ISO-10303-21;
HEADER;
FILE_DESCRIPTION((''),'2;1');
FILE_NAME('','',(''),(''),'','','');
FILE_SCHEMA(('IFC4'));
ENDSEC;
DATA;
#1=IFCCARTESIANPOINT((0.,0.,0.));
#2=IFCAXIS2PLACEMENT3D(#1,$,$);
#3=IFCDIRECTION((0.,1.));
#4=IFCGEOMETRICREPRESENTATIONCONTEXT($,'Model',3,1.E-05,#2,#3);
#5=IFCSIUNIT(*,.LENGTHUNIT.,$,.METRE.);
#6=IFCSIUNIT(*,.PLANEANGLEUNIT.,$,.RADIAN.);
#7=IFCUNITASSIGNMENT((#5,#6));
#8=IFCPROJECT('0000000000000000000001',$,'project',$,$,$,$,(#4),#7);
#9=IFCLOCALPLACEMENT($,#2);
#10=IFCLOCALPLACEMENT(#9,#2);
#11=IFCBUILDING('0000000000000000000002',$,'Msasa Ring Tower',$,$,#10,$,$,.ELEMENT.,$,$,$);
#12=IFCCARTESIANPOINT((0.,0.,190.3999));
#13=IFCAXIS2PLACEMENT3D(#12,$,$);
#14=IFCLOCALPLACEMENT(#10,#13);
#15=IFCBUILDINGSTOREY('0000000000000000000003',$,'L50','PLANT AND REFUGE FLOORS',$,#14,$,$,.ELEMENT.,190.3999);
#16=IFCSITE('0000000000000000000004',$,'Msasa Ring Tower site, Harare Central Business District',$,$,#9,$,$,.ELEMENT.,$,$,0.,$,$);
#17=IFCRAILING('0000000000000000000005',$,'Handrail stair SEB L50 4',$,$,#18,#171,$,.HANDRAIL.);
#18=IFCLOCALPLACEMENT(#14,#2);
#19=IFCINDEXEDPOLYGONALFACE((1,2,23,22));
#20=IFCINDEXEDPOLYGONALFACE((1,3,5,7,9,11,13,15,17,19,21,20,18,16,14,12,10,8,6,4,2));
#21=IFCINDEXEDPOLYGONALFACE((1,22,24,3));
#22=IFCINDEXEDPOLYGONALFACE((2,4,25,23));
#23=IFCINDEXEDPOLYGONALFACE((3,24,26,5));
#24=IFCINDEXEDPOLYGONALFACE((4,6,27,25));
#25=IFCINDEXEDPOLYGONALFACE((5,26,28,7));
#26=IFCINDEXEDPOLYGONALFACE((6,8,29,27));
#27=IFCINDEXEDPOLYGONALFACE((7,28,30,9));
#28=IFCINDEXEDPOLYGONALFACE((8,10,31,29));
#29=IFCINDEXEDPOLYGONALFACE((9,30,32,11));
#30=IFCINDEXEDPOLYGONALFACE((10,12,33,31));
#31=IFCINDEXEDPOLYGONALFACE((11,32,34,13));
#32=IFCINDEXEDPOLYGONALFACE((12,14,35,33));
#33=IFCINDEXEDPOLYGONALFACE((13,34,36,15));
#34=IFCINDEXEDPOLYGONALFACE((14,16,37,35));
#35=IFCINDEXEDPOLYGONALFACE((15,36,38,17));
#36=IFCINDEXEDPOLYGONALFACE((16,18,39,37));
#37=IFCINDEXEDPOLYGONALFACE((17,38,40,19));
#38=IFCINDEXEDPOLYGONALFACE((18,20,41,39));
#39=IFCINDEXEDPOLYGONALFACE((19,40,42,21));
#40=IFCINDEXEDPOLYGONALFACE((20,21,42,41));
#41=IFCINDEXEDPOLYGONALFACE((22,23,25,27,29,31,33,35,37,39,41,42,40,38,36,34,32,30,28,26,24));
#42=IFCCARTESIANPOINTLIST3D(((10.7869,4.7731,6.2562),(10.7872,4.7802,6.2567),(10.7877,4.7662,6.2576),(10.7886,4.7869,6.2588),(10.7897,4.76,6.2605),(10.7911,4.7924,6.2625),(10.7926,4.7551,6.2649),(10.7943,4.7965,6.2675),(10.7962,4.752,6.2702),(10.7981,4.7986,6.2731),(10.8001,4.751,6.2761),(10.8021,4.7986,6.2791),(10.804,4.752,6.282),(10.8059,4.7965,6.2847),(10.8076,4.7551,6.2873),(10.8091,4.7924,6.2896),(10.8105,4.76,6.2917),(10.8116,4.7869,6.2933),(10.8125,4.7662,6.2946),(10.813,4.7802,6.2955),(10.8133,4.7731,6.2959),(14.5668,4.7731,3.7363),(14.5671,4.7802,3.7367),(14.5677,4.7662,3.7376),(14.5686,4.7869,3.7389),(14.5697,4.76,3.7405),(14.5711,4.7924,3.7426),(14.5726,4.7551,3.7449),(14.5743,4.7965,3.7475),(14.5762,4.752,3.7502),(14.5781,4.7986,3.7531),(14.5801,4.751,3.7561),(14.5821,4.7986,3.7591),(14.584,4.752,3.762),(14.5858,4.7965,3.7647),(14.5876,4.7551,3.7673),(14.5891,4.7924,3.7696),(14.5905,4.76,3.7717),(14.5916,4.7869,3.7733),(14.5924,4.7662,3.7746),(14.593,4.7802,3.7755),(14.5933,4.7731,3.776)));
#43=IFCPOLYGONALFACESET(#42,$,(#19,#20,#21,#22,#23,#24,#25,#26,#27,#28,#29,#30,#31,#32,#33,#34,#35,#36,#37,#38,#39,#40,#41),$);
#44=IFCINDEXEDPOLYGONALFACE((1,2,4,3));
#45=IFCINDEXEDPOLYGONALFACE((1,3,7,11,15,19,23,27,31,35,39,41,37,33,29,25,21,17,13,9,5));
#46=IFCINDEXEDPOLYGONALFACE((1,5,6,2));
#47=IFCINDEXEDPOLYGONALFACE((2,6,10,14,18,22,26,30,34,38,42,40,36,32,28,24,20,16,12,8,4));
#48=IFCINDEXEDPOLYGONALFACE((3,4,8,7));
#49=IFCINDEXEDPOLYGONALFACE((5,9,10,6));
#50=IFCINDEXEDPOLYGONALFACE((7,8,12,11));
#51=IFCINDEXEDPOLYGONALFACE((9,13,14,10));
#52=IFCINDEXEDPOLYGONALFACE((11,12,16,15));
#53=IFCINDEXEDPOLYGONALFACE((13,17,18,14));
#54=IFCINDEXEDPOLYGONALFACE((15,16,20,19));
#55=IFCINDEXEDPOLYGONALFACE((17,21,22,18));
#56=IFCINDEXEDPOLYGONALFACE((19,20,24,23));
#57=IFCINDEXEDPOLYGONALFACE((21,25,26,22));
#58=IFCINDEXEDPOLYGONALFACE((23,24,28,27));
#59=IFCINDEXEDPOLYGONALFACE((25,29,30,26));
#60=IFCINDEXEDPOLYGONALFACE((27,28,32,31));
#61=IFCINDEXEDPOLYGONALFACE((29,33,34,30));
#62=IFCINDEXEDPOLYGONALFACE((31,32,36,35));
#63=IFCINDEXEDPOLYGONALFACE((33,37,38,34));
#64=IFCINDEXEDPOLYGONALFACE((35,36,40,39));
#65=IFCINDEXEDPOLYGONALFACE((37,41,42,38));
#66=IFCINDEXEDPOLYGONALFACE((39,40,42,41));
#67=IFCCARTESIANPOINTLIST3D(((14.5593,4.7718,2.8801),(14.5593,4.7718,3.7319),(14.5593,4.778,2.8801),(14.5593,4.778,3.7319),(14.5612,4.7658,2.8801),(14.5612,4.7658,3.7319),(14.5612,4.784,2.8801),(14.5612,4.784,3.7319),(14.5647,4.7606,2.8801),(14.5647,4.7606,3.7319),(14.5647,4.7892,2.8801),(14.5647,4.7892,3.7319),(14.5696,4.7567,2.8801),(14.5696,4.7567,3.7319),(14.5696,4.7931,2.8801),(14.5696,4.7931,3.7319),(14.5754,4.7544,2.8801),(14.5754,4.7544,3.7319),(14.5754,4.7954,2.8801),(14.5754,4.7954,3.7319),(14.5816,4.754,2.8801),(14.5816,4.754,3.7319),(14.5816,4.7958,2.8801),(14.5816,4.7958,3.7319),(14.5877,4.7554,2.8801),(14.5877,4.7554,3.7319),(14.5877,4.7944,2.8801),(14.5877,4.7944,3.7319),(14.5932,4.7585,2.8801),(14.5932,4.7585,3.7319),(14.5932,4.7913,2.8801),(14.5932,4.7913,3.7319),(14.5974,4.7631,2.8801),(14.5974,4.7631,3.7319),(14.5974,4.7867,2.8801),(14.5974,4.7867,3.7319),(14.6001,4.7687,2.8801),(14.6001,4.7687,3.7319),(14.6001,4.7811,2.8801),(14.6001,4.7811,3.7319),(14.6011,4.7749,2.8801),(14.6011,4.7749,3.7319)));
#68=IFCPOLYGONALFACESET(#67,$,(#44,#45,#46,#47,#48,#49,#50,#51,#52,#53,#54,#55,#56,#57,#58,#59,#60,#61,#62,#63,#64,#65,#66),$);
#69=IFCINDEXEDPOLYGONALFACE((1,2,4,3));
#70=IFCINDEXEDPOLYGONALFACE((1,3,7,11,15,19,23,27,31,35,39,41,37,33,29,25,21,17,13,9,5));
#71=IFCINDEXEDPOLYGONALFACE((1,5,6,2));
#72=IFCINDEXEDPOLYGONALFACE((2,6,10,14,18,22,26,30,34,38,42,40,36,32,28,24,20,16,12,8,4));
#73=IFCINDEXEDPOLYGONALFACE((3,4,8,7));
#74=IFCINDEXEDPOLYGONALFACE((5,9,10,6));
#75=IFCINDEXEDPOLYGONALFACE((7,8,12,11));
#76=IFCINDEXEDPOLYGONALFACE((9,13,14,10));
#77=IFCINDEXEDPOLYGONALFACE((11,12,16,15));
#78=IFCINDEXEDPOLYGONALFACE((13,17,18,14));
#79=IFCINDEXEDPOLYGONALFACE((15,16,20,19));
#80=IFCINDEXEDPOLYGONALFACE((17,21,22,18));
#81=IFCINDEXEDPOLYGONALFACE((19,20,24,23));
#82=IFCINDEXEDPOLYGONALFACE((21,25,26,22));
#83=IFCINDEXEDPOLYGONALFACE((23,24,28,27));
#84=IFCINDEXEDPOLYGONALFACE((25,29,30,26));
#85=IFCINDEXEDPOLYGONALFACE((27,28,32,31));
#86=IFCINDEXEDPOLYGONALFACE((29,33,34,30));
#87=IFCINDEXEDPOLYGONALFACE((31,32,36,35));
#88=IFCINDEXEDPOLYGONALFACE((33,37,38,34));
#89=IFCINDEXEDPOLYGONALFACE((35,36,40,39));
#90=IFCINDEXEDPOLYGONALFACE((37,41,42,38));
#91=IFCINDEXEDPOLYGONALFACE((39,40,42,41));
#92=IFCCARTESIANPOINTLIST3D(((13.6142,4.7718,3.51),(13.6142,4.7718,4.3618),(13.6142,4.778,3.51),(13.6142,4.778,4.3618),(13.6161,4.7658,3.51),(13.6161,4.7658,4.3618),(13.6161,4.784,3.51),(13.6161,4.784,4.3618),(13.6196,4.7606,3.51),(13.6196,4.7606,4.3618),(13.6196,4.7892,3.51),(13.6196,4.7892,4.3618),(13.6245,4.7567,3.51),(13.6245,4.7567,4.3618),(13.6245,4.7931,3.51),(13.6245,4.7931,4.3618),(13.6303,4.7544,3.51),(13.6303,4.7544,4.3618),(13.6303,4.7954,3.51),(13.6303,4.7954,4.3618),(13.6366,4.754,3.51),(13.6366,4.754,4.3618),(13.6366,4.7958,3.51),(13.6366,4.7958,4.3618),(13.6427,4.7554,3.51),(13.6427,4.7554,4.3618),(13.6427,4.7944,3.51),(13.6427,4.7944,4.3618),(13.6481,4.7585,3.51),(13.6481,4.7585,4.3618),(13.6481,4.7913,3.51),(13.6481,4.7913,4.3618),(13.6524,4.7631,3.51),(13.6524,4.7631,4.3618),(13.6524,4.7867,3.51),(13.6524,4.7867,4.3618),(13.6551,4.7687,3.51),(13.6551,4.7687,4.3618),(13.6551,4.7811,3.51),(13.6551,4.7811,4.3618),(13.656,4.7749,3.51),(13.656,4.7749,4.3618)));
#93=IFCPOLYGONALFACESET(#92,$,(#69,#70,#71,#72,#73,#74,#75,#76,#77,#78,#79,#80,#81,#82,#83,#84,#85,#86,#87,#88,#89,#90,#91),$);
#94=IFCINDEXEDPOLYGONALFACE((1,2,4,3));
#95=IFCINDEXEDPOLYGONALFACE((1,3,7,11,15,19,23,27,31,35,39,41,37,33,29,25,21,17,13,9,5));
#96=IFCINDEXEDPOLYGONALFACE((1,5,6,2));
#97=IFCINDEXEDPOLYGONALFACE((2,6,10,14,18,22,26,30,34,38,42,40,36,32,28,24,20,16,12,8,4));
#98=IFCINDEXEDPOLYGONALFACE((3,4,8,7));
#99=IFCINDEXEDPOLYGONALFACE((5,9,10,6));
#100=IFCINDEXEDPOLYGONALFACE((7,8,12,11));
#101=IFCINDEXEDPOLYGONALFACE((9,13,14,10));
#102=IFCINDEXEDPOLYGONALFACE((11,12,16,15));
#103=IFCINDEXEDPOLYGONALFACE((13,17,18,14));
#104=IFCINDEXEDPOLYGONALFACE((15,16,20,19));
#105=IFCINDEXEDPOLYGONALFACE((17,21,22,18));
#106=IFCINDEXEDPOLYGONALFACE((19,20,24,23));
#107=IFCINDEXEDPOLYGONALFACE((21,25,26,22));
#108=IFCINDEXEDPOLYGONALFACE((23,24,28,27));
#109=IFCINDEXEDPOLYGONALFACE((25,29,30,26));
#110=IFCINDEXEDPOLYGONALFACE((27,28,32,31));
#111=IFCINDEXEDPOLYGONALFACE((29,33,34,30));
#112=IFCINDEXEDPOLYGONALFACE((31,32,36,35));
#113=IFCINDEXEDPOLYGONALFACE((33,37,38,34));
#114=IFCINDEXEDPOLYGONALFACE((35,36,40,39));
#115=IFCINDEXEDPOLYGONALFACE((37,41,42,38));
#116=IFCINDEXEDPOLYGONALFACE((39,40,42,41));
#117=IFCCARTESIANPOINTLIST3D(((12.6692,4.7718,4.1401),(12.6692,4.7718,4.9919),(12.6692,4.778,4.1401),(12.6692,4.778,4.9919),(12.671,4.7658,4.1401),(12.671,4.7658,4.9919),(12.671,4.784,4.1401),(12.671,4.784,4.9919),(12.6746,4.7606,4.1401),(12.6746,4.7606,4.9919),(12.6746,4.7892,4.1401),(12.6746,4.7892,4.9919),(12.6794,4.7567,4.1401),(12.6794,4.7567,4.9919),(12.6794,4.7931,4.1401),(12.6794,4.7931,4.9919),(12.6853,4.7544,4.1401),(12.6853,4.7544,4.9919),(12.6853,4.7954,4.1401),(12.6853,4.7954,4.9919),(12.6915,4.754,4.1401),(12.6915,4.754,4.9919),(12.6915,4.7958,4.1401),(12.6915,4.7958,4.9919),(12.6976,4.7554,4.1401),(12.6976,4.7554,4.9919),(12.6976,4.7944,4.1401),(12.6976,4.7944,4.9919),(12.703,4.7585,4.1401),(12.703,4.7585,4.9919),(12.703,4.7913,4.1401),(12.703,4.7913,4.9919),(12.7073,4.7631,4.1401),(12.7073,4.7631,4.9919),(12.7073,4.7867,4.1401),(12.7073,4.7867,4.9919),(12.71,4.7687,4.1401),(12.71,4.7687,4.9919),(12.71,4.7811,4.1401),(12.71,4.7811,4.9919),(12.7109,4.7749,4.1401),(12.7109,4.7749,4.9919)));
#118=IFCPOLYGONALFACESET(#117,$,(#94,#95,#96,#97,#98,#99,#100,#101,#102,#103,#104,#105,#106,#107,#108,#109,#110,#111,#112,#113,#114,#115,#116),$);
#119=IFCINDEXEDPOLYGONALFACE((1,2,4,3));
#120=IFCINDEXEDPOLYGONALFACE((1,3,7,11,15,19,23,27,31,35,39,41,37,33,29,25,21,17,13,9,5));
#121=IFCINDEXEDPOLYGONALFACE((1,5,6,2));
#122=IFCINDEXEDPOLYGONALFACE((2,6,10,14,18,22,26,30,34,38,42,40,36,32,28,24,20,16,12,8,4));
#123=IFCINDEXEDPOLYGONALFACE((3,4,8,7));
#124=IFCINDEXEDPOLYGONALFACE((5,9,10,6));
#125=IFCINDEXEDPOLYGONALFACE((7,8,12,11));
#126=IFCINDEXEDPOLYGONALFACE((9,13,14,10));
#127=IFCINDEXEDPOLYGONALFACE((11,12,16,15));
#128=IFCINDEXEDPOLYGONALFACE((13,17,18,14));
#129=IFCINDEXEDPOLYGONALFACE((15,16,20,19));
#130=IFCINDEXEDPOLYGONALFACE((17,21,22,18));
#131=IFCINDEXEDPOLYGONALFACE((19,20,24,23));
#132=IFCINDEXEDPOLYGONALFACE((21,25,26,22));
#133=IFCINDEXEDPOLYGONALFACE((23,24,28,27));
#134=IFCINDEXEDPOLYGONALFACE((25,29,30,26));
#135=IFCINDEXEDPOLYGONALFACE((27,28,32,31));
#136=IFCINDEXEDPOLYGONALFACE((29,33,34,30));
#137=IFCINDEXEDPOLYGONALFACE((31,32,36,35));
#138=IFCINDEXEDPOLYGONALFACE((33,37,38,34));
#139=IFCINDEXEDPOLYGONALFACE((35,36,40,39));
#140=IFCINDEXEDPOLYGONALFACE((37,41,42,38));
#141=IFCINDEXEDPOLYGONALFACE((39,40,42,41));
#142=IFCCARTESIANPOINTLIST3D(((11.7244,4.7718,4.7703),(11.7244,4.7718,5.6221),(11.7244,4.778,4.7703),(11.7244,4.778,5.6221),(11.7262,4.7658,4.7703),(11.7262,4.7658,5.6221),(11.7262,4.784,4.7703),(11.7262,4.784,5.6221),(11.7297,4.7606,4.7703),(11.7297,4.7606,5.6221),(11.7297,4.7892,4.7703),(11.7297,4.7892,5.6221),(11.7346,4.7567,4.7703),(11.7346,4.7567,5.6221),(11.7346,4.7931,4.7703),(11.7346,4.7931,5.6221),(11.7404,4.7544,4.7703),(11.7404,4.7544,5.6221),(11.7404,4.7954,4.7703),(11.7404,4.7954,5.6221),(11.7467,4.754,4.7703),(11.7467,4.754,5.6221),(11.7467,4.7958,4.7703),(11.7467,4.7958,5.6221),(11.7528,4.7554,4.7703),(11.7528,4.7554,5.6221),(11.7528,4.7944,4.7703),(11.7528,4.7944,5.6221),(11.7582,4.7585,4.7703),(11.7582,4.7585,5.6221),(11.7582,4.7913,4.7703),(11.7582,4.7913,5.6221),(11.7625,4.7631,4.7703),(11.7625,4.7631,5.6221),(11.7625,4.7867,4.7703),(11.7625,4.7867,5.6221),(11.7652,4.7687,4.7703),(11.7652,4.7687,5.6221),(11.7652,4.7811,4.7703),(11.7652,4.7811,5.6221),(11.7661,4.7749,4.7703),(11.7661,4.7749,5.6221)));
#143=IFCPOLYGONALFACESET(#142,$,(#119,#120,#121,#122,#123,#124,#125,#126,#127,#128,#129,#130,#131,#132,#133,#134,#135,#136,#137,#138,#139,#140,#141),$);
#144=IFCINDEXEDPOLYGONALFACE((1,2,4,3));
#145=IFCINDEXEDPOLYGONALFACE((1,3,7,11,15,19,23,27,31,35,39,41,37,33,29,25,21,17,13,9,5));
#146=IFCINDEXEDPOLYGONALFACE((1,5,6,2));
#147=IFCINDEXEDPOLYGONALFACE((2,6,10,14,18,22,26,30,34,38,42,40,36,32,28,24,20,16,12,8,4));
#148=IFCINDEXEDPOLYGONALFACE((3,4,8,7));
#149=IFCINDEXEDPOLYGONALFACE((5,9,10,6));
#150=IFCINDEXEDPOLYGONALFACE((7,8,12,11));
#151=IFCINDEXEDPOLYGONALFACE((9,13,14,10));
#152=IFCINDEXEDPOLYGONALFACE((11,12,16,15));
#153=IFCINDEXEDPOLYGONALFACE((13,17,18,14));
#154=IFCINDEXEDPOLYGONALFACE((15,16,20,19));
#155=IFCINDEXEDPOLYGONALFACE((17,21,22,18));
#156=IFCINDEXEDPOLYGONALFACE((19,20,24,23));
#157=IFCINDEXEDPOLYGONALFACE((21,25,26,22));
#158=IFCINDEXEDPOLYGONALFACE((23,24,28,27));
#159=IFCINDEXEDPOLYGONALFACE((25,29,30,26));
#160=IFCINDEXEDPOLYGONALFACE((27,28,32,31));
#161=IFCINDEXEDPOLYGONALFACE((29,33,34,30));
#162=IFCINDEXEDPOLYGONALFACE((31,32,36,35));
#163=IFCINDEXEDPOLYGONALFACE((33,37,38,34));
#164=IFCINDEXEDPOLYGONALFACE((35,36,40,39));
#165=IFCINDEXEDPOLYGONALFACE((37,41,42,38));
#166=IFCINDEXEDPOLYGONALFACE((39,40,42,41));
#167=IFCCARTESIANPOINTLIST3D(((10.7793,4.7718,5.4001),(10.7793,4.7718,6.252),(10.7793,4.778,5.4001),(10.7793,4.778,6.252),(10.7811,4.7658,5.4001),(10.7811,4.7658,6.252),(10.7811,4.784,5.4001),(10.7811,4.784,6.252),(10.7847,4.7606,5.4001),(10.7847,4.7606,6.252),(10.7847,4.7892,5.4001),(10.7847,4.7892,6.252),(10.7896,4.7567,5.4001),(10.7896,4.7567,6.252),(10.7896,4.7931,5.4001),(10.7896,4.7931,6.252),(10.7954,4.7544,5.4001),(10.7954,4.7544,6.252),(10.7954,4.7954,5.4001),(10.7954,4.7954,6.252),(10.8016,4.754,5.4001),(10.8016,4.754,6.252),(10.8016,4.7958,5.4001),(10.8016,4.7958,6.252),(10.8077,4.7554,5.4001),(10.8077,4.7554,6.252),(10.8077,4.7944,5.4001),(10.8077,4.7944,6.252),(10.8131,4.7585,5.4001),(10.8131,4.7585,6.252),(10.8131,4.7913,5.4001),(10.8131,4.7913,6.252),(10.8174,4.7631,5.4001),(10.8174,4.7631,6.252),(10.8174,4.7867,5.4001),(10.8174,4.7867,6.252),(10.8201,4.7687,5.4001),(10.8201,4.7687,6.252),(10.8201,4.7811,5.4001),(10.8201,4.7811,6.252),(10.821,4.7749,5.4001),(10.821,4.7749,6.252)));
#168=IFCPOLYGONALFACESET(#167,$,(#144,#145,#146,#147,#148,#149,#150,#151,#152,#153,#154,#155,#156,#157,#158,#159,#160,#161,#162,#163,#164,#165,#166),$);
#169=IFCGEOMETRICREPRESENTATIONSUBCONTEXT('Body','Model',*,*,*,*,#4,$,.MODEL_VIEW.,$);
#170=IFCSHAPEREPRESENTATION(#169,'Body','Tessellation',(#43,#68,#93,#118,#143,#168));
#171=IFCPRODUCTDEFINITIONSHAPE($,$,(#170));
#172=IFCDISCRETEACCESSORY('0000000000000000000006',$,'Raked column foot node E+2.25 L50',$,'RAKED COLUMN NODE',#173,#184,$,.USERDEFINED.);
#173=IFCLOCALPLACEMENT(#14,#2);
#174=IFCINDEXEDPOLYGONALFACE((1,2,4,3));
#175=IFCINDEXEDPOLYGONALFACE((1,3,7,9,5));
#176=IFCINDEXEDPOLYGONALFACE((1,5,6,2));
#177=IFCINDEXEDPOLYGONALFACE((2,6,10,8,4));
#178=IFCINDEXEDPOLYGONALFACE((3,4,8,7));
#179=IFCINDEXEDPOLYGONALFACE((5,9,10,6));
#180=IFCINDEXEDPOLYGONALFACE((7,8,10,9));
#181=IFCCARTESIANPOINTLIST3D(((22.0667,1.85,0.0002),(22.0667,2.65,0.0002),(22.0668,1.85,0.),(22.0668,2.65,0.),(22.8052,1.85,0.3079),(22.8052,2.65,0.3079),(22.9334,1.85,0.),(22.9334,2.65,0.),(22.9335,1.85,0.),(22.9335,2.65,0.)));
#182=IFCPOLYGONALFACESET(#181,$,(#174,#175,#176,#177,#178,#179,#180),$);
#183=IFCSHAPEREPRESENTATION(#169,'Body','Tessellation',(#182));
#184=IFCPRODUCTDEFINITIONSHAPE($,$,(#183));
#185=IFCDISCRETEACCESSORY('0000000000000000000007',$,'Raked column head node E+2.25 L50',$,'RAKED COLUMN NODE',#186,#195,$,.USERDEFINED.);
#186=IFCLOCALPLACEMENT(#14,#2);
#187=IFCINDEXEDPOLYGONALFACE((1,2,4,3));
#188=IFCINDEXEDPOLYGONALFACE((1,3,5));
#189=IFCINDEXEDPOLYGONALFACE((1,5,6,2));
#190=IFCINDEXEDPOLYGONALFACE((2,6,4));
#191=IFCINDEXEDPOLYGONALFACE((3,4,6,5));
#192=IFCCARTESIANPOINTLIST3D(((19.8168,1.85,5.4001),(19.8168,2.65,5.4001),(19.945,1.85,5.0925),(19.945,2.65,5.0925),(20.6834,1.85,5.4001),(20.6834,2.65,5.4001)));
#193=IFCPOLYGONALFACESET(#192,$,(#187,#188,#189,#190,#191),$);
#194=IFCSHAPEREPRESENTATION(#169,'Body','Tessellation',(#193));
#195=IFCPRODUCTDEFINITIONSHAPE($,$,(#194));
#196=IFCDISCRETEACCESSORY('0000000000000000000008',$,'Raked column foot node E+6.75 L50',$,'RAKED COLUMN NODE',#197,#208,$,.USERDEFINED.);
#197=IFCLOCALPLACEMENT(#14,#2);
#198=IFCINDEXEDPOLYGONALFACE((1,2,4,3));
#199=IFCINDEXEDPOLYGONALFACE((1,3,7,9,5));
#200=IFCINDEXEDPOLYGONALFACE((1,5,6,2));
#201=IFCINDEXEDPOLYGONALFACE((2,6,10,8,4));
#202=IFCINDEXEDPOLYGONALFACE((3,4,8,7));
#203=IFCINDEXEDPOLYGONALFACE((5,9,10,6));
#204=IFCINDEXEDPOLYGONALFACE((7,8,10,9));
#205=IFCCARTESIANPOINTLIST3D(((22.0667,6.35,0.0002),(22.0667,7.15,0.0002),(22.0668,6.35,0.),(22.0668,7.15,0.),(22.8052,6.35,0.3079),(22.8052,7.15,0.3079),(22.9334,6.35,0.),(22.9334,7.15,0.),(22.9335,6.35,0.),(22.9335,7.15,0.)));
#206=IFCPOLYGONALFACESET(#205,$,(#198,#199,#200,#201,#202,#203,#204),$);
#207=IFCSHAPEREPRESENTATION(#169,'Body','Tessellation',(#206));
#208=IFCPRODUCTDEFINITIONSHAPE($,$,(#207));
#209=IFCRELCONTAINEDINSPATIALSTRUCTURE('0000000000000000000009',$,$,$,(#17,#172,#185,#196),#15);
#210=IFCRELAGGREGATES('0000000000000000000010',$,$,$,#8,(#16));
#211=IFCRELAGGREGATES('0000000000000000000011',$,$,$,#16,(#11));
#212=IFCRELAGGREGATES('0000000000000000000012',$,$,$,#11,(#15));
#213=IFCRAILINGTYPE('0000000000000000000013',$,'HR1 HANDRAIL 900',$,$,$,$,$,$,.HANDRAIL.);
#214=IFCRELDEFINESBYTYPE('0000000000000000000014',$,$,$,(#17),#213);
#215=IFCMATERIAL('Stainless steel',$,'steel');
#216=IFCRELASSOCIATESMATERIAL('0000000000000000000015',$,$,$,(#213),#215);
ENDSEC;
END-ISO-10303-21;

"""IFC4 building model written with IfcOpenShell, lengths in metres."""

from ifc_helpers import new_model, si_unit, direction, frame, origin, origin_2d, place, context, subcontext, project, spatial, rectangle, circle, extrude, clip, halfspace, material, type_object, element, save


model = new_model("IFC4")

# Units and contexts
model_context = context("Model", 3, precision=1e-05, world=origin(), true_north=direction((0.0, 1.0)))
body_context = subcontext(model_context, "Body", "Model", "MODEL_VIEW")
ifc_project = project(units=[si_unit("LENGTHUNIT", "METRE"), si_unit("PLANEANGLEUNIT", "RADIAN")], contexts=[model_context])

# Site, building, storey
site_placement = place(None, origin())
site = spatial("IfcSite", under=ifc_project, at=site_placement, Name="Msasa Ring Tower site, Harare Central Business District", CompositionType="ELEMENT", RefElevation=0.0)
building_placement = place(site_placement, origin())
building = spatial("IfcBuilding", under=site, at=building_placement, Name="Msasa Ring Tower", CompositionType="ELEMENT")
storey_placement = place(building_placement, frame((0.0, 0.0, 190.3999)))
storey = spatial("IfcBuildingStorey", under=building, at=storey_placement, Name="L50", Description="PLANT AND REFUGE FLOORS", CompositionType="ELEMENT", Elevation=190.3999)

# Railing
ifc_material_1 = material(Name="Stainless steel", Category="steel")
railing_type_1 = type_object("IfcRailingType", Name="HR1 HANDRAIL 900", PredefinedType="HANDRAIL", material=ifc_material_1)
for number, where, name in (
    (1, (14.5801, 4.7749, 2.8801), "Handrail stair SEB L50 4"),
):
    element("IfcRailing", number, at=place(storey_placement, frame(where)), inside=storey, type_object=railing_type_1, Name=name, PredefinedType="HANDRAIL", context=body_context, shape_type="SweptSolid", body=[
        extrude(circle(Radius=0.0239, at=origin_2d()), frame((0.0, 0.0, 0.876), z_axis=(-0.83205, 0.0, 0.5547), x_axis=(0.0, -1.0, 0.0)), (0.0, 0.0, 1.0), 4.543),
        extrude(circle(Radius=0.021, at=origin_2d()), origin(), (0.0, 0.0, 1.0), 0.8518),
        extrude(circle(Radius=0.021, at=origin_2d()), frame((-0.9451, 0.0, 0.6299)), (0.0, 0.0, 1.0), 0.8518),
        extrude(circle(Radius=0.021, at=origin_2d()), frame((-1.8901, 0.0, 1.26)), (0.0, 0.0, 1.0), 0.8518),
        extrude(circle(Radius=0.021, at=origin_2d()), frame((-2.835, 0.0, 1.8901)), (0.0, 0.0, 1.0), 0.8518),
        extrude(circle(Radius=0.021, at=origin_2d()), frame((-3.78, 0.0, 2.52)), (0.0, 0.0, 1.0), 0.8518),
    ])

# Discrete accessories
discrete_accessory_1_placement = place(storey_placement, frame((22.5, 2.25, 0.0)))
element("IfcDiscreteAccessory", 2, at=discrete_accessory_1_placement, inside=storey, Name="Raked column foot node E+2.25 L50", ObjectType="RAKED COLUMN NODE", PredefinedType="USERDEFINED", context=body_context, shape_type="Clipping", body=[
    clip(extrude(rectangle(XDim=0.8, YDim=0.8, at=origin_2d()), frame((0.0642, 0.0, -0.1538), z_axis=(-0.384615, 0.0, 0.923077), x_axis=(0.0, -1.0, 0.0)), (0.0, 0.0, 1.0), 0.3335), halfspace(frame((0.0, 0.0, 0.0), z_axis=(0.0, 0.0, 1.0)), True)),
])
discrete_accessory_2_placement = place(storey_placement, frame((20.25, 2.25, 5.4001)))
element("IfcDiscreteAccessory", 3, at=discrete_accessory_2_placement, inside=storey, Name="Raked column head node E+2.25 L50", ObjectType="RAKED COLUMN NODE", PredefinedType="USERDEFINED", context=body_context, shape_type="Clipping", body=[
    clip(extrude(rectangle(XDim=0.8, YDim=0.8, at=origin_2d()), frame((0.0642, 0.0, -0.1538), z_axis=(-0.384615, 0.0, 0.923077), x_axis=(0.0, -1.0, 0.0)), (0.0, 0.0, 1.0), 0.3335), halfspace(frame((0.0, 0.0, 0.0), z_axis=(0.0, 0.0, -1.0)), True)),
])
discrete_accessory_3_placement = place(storey_placement, frame((22.5, 6.75, 0.0)))
element("IfcDiscreteAccessory", 4, at=discrete_accessory_3_placement, inside=storey, Name="Raked column foot node E+6.75 L50", ObjectType="RAKED COLUMN NODE", PredefinedType="USERDEFINED", context=body_context, shape_type="Clipping", body=[
    clip(extrude(rectangle(XDim=0.8, YDim=0.8, at=origin_2d()), frame((0.0642, 0.0, -0.1538), z_axis=(-0.384615, 0.0, 0.923077), x_axis=(0.0, -1.0, 0.0)), (0.0, 0.0, 1.0), 0.3335), halfspace(frame((0.0, 0.0, 0.0), z_axis=(0.0, 0.0, 1.0)), True)),
])

save(model, "model.ifc")
